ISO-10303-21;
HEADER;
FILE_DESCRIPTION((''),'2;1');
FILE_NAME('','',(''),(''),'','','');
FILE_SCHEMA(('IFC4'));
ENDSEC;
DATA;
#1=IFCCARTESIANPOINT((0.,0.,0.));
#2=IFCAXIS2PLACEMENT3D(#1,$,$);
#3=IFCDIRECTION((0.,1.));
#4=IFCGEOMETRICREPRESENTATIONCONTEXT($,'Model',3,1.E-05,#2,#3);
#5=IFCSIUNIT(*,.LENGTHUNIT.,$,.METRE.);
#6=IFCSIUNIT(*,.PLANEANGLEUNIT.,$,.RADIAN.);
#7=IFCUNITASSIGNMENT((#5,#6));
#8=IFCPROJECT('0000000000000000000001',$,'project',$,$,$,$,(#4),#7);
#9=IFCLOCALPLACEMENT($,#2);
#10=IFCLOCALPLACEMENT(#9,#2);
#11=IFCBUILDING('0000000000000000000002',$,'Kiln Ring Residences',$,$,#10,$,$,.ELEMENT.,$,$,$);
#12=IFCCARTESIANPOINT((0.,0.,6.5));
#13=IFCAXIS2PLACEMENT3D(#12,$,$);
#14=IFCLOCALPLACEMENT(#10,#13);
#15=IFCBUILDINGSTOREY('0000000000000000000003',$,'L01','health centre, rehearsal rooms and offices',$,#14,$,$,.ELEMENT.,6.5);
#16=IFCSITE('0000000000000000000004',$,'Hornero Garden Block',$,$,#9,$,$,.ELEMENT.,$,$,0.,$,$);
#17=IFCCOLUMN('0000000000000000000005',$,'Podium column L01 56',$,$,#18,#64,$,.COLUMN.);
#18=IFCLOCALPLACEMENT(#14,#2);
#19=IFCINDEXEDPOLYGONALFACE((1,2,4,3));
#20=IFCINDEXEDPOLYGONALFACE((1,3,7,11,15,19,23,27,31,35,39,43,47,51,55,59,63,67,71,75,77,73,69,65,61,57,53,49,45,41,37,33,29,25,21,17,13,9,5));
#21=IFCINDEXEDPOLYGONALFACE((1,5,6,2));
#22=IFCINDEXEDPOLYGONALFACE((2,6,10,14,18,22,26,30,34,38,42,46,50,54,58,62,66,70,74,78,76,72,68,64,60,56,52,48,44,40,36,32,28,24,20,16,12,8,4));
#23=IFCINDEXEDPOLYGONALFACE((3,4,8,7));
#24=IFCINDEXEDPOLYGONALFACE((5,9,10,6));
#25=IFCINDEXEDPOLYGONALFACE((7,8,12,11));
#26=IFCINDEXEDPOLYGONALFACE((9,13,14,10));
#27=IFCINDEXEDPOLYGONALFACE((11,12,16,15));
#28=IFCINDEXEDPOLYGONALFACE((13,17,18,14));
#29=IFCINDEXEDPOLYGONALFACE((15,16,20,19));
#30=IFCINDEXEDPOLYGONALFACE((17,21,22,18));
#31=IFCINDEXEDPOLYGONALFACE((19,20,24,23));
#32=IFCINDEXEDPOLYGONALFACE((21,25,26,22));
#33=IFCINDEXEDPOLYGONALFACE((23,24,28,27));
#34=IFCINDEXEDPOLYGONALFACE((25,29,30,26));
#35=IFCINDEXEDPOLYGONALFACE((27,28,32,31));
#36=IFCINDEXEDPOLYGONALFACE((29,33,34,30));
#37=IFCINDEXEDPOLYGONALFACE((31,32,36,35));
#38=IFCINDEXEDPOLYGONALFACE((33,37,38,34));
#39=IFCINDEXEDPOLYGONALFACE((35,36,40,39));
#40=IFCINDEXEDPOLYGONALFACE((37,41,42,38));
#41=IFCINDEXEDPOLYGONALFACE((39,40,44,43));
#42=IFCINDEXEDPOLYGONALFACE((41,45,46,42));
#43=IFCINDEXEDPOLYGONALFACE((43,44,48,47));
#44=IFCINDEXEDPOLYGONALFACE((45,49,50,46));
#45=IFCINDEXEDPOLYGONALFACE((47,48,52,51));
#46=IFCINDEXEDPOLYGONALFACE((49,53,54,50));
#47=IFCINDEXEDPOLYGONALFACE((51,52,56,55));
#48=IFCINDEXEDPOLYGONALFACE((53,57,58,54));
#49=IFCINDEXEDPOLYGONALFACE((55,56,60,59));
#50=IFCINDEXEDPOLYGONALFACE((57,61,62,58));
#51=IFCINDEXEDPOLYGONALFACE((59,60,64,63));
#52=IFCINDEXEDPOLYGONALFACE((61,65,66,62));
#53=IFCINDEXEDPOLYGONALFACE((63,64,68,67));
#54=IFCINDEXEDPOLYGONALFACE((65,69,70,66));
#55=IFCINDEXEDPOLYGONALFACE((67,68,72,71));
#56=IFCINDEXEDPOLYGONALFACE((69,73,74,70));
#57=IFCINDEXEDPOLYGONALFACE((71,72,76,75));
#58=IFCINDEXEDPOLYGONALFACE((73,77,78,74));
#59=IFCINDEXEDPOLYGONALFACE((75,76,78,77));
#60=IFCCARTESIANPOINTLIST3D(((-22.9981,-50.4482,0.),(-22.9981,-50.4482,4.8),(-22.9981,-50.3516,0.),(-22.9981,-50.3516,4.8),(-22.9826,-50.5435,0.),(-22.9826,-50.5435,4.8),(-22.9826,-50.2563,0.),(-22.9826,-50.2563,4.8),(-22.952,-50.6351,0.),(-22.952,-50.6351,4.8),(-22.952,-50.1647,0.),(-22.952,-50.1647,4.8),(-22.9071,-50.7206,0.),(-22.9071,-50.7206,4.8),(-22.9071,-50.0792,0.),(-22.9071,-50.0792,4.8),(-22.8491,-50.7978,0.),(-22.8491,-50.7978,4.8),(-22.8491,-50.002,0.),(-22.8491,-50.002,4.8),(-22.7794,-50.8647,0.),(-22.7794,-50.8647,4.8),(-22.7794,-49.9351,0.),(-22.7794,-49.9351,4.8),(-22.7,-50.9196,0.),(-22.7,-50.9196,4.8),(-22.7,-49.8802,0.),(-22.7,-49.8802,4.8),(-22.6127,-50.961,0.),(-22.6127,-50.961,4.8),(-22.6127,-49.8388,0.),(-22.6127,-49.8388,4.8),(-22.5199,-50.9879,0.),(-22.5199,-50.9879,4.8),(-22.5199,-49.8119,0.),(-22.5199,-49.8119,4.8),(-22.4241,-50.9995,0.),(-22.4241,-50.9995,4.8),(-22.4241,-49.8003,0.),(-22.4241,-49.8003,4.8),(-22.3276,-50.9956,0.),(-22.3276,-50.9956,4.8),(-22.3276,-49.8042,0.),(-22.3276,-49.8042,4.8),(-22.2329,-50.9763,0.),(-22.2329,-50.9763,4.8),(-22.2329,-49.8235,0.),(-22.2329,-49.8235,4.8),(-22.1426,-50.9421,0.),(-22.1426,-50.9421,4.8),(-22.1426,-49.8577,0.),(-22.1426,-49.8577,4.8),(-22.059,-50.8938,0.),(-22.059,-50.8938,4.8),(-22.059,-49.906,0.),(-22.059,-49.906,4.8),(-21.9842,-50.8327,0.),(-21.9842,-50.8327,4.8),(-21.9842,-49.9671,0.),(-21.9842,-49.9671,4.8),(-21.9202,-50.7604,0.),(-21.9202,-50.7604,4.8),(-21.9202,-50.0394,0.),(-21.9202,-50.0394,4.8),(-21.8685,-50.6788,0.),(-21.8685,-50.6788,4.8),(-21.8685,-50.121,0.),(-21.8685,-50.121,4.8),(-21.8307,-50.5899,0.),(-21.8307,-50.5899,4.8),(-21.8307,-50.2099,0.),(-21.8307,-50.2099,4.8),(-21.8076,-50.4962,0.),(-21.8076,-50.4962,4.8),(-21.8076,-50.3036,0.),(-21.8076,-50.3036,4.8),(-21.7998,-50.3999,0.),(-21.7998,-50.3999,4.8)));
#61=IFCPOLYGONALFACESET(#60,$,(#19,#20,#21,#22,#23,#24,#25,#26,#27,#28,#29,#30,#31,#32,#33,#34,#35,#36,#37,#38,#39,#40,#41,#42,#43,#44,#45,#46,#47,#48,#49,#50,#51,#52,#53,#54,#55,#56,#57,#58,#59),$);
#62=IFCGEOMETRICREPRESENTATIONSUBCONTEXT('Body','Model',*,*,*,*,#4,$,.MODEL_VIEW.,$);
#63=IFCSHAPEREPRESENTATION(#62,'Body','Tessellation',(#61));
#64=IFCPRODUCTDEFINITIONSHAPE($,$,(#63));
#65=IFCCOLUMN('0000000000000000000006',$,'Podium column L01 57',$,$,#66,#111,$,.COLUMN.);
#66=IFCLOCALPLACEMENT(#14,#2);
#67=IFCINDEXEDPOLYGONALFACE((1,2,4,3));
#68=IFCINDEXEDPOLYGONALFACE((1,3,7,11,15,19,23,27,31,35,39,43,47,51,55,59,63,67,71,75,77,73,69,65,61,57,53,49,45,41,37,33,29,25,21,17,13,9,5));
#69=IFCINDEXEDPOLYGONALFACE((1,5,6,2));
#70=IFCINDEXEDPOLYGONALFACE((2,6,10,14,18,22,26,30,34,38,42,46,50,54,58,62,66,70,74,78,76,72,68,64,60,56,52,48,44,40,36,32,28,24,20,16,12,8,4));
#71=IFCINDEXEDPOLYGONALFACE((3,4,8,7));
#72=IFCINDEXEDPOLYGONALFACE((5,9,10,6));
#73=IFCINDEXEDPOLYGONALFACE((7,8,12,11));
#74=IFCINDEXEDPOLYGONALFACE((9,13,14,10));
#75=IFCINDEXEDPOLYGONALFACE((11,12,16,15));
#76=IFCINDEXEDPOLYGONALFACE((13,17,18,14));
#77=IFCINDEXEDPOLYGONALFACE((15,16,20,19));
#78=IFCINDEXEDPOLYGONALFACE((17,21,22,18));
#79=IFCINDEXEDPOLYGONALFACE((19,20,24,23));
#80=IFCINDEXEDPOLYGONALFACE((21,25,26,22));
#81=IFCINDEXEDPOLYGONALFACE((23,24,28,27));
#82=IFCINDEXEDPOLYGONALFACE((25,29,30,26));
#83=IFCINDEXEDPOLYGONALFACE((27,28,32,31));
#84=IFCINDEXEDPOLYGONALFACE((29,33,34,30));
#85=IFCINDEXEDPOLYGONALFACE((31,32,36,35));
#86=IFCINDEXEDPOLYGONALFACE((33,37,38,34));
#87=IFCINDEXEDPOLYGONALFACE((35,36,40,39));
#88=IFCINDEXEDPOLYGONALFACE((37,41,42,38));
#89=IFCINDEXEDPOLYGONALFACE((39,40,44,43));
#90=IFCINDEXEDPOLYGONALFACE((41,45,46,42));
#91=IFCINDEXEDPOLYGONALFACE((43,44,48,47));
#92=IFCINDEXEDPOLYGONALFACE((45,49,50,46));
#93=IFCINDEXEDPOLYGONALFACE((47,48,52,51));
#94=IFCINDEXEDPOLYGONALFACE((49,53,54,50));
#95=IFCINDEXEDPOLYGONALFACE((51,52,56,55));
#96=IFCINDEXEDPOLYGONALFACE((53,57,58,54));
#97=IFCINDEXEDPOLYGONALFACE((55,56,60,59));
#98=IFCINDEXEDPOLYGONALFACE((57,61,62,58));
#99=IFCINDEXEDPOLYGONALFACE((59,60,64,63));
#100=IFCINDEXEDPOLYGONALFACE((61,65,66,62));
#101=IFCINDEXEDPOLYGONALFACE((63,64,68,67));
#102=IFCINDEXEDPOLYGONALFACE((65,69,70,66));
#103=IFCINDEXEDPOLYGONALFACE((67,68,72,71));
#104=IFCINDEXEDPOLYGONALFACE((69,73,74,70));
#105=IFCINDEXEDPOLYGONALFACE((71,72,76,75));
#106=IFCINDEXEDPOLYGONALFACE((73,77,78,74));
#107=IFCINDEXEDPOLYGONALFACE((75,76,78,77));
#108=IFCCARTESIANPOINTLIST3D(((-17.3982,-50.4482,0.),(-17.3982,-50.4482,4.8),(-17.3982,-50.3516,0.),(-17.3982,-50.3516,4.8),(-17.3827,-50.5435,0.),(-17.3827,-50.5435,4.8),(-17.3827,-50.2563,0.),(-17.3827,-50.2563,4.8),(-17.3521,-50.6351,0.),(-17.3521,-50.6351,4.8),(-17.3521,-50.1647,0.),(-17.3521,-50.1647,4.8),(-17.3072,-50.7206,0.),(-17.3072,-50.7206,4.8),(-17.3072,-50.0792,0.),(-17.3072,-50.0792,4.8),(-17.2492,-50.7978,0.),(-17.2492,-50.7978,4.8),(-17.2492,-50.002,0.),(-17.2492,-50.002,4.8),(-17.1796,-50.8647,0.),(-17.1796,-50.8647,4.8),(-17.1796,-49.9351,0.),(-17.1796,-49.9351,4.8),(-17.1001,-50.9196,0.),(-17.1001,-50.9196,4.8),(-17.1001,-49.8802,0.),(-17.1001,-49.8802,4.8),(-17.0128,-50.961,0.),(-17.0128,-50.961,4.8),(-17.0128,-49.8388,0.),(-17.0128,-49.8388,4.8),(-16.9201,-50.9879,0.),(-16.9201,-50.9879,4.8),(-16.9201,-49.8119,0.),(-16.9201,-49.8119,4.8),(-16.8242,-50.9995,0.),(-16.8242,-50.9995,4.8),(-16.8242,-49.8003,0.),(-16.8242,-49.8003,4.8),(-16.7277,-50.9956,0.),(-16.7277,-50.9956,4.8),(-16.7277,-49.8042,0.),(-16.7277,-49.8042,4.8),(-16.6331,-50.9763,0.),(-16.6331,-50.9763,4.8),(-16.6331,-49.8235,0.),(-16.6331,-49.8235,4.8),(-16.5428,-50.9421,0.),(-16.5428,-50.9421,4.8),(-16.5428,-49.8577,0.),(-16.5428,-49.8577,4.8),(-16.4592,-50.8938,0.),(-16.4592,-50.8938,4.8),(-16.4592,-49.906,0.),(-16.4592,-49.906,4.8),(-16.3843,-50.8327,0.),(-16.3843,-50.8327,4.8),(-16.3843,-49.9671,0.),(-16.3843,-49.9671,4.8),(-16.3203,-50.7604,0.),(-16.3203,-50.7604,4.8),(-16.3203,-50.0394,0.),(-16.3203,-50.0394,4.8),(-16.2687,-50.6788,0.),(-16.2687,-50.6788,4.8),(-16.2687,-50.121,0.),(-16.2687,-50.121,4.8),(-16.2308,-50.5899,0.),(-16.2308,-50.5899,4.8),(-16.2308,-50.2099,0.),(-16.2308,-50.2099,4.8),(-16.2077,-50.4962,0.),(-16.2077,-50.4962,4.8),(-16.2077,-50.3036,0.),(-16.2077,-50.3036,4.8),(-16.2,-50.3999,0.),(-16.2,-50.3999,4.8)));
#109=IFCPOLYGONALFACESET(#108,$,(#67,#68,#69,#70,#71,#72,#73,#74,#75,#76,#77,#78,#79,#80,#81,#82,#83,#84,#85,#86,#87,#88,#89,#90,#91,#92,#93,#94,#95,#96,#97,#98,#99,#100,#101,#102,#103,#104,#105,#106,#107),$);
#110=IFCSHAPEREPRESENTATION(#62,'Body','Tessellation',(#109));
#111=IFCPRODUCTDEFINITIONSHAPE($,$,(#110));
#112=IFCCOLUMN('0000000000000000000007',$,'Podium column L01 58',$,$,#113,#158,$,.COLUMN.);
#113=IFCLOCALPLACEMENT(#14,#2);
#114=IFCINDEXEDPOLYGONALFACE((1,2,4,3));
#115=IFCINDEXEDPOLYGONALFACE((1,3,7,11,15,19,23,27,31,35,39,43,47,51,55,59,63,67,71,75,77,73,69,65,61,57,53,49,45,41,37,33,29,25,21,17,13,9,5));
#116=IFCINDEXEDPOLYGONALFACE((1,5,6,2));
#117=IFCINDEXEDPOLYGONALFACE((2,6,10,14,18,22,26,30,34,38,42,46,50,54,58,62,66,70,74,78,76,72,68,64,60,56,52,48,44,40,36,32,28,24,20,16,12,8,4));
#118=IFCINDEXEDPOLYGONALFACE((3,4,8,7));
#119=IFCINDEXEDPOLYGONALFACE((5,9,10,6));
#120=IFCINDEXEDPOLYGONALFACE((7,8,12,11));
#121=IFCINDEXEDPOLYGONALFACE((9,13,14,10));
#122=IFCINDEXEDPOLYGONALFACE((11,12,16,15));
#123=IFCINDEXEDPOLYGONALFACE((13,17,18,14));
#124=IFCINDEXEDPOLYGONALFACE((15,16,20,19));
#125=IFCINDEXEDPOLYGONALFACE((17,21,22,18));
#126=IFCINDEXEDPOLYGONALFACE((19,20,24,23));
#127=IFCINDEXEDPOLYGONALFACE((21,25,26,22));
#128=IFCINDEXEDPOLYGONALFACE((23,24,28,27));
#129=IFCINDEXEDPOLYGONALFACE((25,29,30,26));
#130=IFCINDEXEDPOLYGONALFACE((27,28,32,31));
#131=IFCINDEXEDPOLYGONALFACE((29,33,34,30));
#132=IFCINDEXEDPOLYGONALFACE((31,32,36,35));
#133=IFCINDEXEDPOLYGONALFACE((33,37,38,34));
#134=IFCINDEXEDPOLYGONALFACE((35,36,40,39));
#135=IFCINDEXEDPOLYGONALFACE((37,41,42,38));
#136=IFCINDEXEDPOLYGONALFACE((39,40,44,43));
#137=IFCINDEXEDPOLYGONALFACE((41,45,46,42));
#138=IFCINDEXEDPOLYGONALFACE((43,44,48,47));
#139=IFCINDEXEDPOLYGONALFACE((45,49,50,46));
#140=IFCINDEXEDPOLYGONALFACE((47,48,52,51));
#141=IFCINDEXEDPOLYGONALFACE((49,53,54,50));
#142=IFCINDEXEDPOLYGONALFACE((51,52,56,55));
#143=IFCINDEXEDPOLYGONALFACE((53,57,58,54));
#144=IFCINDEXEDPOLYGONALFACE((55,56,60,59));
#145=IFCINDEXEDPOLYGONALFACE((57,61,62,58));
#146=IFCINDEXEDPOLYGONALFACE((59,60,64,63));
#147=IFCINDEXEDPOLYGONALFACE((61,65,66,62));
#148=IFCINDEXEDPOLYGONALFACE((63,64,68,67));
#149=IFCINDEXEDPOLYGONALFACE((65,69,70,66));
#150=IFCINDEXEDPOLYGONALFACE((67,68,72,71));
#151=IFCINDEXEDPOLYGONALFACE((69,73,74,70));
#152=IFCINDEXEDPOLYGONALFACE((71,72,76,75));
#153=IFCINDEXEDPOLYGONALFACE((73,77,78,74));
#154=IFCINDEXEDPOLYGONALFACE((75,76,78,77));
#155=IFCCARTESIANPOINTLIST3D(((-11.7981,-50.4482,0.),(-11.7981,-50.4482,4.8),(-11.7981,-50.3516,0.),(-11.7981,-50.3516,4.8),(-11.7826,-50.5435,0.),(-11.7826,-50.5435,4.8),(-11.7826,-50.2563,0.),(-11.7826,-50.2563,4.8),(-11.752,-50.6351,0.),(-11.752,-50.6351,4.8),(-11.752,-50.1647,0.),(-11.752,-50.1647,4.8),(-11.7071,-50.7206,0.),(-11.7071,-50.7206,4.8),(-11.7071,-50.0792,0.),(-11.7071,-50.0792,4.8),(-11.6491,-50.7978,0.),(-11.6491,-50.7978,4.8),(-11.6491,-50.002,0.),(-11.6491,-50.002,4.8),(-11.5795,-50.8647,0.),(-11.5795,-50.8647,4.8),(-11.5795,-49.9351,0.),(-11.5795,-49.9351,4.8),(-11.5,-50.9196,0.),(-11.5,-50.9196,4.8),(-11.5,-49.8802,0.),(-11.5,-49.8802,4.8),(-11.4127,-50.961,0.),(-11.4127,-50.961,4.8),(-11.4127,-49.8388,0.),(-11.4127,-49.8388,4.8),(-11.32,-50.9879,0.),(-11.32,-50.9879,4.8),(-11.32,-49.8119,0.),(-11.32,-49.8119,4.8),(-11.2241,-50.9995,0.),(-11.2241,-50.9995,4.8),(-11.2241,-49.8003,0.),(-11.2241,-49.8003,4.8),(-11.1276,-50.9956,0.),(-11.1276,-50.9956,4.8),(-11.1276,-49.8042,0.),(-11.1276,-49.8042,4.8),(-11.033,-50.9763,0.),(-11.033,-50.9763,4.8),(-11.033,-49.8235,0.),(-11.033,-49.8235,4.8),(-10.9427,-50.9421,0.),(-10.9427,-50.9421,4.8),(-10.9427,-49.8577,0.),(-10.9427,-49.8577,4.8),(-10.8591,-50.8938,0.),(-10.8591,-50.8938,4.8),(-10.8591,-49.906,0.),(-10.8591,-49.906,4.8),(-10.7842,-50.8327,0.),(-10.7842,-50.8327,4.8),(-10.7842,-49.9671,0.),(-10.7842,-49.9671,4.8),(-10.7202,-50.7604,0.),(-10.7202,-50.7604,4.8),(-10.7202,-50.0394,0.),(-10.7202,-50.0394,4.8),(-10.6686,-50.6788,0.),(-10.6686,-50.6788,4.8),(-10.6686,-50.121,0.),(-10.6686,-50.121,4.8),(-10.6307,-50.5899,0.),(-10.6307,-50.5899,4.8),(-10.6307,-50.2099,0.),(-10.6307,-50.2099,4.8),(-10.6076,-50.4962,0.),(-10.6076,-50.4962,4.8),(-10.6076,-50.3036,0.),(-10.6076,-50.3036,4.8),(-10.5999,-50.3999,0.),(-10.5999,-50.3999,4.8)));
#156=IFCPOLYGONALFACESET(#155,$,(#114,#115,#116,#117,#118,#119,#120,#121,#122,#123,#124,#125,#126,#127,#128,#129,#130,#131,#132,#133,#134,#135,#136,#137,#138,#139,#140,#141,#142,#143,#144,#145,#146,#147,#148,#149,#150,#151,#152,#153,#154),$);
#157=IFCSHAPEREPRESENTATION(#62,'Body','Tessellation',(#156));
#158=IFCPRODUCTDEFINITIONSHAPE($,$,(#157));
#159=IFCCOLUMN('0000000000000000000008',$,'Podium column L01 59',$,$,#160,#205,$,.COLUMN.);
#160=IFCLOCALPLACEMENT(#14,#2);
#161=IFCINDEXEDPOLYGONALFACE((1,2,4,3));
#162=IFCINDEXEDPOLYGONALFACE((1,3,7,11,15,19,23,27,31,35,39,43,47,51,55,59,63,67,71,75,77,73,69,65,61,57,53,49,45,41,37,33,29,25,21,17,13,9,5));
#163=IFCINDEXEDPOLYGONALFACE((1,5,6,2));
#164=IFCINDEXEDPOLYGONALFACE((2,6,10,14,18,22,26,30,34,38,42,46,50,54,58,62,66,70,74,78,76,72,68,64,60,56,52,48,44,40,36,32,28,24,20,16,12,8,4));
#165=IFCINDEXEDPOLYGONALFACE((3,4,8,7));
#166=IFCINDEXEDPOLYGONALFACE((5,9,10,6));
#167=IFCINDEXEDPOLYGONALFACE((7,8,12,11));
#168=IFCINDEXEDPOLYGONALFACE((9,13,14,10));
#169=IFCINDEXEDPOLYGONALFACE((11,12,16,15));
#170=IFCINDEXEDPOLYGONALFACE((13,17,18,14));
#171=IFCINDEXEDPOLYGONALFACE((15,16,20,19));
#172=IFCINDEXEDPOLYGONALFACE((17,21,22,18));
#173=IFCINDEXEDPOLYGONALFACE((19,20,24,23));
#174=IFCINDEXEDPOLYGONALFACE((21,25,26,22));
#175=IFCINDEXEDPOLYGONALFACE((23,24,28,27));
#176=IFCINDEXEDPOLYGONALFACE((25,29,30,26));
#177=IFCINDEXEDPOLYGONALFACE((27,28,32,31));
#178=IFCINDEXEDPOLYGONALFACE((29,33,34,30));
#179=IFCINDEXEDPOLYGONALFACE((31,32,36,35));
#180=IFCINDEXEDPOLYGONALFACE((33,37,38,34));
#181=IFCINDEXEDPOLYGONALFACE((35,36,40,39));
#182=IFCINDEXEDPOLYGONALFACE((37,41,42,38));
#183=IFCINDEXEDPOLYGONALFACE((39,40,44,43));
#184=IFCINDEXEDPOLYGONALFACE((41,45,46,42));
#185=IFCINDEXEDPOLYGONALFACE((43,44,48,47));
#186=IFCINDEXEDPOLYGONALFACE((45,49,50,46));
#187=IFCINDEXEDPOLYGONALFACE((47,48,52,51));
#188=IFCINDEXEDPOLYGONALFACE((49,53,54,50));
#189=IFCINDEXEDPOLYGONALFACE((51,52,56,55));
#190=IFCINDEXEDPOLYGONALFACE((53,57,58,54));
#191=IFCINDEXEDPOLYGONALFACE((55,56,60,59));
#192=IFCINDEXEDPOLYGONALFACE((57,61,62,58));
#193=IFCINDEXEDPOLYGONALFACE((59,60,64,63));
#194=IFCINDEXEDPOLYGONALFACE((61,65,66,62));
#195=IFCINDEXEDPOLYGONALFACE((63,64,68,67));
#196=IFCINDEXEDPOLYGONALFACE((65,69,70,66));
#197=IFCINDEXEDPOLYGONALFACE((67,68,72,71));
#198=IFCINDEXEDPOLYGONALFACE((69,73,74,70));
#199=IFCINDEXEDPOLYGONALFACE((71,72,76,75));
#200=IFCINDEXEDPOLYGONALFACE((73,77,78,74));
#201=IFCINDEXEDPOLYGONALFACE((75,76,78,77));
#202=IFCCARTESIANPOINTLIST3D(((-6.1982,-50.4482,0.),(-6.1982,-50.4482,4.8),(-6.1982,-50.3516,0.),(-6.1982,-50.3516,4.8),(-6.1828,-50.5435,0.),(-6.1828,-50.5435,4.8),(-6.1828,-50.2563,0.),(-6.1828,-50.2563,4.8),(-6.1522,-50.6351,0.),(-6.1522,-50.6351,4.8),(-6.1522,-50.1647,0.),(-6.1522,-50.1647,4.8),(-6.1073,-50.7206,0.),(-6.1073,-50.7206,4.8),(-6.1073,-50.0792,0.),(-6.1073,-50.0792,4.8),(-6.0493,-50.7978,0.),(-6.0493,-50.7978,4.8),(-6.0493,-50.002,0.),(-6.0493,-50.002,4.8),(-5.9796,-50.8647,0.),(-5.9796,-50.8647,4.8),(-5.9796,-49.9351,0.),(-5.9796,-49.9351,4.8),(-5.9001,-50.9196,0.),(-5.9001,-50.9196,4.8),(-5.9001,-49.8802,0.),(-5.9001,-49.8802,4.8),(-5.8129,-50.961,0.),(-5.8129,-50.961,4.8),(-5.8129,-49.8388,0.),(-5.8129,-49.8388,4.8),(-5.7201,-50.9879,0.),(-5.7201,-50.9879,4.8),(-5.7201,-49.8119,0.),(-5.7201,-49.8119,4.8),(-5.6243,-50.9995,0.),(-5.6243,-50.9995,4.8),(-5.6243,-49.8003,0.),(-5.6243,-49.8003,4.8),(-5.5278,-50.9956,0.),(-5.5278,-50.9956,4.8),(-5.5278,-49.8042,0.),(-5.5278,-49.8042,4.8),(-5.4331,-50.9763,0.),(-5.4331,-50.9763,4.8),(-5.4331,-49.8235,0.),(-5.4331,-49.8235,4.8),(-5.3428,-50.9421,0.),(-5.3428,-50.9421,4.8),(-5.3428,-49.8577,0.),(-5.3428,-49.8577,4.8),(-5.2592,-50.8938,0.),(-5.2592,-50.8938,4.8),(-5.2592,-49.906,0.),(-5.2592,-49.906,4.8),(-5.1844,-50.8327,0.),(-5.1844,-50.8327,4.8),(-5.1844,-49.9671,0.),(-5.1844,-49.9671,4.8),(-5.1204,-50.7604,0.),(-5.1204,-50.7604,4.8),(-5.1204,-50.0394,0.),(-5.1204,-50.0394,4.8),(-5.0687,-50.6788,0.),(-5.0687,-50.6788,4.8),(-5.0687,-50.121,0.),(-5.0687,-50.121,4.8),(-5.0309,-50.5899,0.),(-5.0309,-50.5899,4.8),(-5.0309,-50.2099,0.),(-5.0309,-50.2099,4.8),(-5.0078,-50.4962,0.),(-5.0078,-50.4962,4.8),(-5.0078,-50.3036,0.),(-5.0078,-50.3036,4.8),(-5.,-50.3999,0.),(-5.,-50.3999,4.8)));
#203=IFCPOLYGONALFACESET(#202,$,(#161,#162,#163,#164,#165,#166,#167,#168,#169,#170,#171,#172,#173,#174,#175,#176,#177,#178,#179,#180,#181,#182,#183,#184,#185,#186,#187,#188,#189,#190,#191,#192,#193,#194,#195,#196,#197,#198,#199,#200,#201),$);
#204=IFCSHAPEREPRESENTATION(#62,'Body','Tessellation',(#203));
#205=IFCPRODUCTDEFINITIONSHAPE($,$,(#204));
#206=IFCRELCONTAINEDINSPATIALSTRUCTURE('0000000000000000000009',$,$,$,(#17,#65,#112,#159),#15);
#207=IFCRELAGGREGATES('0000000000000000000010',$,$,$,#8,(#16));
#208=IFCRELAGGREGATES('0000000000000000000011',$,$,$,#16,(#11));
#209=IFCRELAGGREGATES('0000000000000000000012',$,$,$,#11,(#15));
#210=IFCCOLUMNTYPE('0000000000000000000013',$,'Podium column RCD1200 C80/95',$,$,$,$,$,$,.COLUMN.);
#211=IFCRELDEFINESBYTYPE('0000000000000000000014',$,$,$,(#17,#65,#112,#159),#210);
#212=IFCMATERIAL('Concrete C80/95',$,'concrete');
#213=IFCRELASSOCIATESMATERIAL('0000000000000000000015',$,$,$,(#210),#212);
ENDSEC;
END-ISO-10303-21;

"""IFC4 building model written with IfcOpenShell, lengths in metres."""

from ifc_helpers import new_model, si_unit, direction, frame, origin, origin_2d, place, context, subcontext, project, spatial, circle, extrude, material, material_profile, profile_set, type_object, element, save


model = new_model("IFC4")

# Units and contexts
model_context = context("Model", 3, precision=1e-05, world=origin(), true_north=direction((0.0, 1.0)))
body_context = subcontext(model_context, "Body", "Model", "MODEL_VIEW")
ifc_project = project(units=[si_unit("LENGTHUNIT", "METRE"), si_unit("PLANEANGLEUNIT", "RADIAN")], contexts=[model_context])

# Site, building, storey
site_placement = place(None, origin())
site = spatial("IfcSite", under=ifc_project, at=site_placement, Name="Hornero Garden Block", CompositionType="ELEMENT", RefElevation=0.0)
building_placement = place(site_placement, origin())
building = spatial("IfcBuilding", under=site, at=building_placement, Name="Kiln Ring Residences", CompositionType="ELEMENT")
storey_placement = place(building_placement, frame((0.0, 0.0, 6.5)))
storey = spatial("IfcBuildingStorey", under=building, at=storey_placement, Name="L01", Description="health centre, rehearsal rooms and offices", CompositionType="ELEMENT", Elevation=6.5)

# Columns
ifc_material_1 = material(Name="Concrete C80/95", Category="concrete")
ifc_material_profile = material_profile(ifc_material_1, circle(Radius=0.6001, at=origin_2d()), Name="RCD1200")
ifc_profile_set = profile_set([ifc_material_profile], Name="Concrete C80/95")
column_type = type_object("IfcColumnType", Name="Podium column RCD1200 C80/95", PredefinedType="COLUMN", material=ifc_profile_set)
for number, where, z_axis, x_axis, name in (
    (1, (-22.3999, -50.3999, 0.0), (0.0, 0.0, 1.0), (1.0, 0.0, 0.0), "Podium column L01 56"),
    (2, (-16.8, -50.3999, 0.0), (0.0, 0.0, 1.0), (1.0, 0.0, 0.0), "Podium column L01 57"),
    (3, (-11.2, -50.3999, 0.0), (0.0, 0.0, 1.0), (1.0, 0.0, 0.0), "Podium column L01 58"),
    (4, (-5.6001, -50.3999, 0.0), (0.0, 0.0, 1.0), (1.0, 0.0, 0.0), "Podium column L01 59"),
):
    element("IfcColumn", number, at=place(storey_placement, frame(where, z_axis=z_axis, x_axis=x_axis)), inside=storey, type_object=column_type, Name=name, PredefinedType="COLUMN", context=body_context, shape_type="SweptSolid", body=[
        extrude(circle(Radius=0.6001, at=origin_2d()), origin(), (0.0, 0.0, 1.0), 4.8),
    ])

save(model, "model.ifc")
